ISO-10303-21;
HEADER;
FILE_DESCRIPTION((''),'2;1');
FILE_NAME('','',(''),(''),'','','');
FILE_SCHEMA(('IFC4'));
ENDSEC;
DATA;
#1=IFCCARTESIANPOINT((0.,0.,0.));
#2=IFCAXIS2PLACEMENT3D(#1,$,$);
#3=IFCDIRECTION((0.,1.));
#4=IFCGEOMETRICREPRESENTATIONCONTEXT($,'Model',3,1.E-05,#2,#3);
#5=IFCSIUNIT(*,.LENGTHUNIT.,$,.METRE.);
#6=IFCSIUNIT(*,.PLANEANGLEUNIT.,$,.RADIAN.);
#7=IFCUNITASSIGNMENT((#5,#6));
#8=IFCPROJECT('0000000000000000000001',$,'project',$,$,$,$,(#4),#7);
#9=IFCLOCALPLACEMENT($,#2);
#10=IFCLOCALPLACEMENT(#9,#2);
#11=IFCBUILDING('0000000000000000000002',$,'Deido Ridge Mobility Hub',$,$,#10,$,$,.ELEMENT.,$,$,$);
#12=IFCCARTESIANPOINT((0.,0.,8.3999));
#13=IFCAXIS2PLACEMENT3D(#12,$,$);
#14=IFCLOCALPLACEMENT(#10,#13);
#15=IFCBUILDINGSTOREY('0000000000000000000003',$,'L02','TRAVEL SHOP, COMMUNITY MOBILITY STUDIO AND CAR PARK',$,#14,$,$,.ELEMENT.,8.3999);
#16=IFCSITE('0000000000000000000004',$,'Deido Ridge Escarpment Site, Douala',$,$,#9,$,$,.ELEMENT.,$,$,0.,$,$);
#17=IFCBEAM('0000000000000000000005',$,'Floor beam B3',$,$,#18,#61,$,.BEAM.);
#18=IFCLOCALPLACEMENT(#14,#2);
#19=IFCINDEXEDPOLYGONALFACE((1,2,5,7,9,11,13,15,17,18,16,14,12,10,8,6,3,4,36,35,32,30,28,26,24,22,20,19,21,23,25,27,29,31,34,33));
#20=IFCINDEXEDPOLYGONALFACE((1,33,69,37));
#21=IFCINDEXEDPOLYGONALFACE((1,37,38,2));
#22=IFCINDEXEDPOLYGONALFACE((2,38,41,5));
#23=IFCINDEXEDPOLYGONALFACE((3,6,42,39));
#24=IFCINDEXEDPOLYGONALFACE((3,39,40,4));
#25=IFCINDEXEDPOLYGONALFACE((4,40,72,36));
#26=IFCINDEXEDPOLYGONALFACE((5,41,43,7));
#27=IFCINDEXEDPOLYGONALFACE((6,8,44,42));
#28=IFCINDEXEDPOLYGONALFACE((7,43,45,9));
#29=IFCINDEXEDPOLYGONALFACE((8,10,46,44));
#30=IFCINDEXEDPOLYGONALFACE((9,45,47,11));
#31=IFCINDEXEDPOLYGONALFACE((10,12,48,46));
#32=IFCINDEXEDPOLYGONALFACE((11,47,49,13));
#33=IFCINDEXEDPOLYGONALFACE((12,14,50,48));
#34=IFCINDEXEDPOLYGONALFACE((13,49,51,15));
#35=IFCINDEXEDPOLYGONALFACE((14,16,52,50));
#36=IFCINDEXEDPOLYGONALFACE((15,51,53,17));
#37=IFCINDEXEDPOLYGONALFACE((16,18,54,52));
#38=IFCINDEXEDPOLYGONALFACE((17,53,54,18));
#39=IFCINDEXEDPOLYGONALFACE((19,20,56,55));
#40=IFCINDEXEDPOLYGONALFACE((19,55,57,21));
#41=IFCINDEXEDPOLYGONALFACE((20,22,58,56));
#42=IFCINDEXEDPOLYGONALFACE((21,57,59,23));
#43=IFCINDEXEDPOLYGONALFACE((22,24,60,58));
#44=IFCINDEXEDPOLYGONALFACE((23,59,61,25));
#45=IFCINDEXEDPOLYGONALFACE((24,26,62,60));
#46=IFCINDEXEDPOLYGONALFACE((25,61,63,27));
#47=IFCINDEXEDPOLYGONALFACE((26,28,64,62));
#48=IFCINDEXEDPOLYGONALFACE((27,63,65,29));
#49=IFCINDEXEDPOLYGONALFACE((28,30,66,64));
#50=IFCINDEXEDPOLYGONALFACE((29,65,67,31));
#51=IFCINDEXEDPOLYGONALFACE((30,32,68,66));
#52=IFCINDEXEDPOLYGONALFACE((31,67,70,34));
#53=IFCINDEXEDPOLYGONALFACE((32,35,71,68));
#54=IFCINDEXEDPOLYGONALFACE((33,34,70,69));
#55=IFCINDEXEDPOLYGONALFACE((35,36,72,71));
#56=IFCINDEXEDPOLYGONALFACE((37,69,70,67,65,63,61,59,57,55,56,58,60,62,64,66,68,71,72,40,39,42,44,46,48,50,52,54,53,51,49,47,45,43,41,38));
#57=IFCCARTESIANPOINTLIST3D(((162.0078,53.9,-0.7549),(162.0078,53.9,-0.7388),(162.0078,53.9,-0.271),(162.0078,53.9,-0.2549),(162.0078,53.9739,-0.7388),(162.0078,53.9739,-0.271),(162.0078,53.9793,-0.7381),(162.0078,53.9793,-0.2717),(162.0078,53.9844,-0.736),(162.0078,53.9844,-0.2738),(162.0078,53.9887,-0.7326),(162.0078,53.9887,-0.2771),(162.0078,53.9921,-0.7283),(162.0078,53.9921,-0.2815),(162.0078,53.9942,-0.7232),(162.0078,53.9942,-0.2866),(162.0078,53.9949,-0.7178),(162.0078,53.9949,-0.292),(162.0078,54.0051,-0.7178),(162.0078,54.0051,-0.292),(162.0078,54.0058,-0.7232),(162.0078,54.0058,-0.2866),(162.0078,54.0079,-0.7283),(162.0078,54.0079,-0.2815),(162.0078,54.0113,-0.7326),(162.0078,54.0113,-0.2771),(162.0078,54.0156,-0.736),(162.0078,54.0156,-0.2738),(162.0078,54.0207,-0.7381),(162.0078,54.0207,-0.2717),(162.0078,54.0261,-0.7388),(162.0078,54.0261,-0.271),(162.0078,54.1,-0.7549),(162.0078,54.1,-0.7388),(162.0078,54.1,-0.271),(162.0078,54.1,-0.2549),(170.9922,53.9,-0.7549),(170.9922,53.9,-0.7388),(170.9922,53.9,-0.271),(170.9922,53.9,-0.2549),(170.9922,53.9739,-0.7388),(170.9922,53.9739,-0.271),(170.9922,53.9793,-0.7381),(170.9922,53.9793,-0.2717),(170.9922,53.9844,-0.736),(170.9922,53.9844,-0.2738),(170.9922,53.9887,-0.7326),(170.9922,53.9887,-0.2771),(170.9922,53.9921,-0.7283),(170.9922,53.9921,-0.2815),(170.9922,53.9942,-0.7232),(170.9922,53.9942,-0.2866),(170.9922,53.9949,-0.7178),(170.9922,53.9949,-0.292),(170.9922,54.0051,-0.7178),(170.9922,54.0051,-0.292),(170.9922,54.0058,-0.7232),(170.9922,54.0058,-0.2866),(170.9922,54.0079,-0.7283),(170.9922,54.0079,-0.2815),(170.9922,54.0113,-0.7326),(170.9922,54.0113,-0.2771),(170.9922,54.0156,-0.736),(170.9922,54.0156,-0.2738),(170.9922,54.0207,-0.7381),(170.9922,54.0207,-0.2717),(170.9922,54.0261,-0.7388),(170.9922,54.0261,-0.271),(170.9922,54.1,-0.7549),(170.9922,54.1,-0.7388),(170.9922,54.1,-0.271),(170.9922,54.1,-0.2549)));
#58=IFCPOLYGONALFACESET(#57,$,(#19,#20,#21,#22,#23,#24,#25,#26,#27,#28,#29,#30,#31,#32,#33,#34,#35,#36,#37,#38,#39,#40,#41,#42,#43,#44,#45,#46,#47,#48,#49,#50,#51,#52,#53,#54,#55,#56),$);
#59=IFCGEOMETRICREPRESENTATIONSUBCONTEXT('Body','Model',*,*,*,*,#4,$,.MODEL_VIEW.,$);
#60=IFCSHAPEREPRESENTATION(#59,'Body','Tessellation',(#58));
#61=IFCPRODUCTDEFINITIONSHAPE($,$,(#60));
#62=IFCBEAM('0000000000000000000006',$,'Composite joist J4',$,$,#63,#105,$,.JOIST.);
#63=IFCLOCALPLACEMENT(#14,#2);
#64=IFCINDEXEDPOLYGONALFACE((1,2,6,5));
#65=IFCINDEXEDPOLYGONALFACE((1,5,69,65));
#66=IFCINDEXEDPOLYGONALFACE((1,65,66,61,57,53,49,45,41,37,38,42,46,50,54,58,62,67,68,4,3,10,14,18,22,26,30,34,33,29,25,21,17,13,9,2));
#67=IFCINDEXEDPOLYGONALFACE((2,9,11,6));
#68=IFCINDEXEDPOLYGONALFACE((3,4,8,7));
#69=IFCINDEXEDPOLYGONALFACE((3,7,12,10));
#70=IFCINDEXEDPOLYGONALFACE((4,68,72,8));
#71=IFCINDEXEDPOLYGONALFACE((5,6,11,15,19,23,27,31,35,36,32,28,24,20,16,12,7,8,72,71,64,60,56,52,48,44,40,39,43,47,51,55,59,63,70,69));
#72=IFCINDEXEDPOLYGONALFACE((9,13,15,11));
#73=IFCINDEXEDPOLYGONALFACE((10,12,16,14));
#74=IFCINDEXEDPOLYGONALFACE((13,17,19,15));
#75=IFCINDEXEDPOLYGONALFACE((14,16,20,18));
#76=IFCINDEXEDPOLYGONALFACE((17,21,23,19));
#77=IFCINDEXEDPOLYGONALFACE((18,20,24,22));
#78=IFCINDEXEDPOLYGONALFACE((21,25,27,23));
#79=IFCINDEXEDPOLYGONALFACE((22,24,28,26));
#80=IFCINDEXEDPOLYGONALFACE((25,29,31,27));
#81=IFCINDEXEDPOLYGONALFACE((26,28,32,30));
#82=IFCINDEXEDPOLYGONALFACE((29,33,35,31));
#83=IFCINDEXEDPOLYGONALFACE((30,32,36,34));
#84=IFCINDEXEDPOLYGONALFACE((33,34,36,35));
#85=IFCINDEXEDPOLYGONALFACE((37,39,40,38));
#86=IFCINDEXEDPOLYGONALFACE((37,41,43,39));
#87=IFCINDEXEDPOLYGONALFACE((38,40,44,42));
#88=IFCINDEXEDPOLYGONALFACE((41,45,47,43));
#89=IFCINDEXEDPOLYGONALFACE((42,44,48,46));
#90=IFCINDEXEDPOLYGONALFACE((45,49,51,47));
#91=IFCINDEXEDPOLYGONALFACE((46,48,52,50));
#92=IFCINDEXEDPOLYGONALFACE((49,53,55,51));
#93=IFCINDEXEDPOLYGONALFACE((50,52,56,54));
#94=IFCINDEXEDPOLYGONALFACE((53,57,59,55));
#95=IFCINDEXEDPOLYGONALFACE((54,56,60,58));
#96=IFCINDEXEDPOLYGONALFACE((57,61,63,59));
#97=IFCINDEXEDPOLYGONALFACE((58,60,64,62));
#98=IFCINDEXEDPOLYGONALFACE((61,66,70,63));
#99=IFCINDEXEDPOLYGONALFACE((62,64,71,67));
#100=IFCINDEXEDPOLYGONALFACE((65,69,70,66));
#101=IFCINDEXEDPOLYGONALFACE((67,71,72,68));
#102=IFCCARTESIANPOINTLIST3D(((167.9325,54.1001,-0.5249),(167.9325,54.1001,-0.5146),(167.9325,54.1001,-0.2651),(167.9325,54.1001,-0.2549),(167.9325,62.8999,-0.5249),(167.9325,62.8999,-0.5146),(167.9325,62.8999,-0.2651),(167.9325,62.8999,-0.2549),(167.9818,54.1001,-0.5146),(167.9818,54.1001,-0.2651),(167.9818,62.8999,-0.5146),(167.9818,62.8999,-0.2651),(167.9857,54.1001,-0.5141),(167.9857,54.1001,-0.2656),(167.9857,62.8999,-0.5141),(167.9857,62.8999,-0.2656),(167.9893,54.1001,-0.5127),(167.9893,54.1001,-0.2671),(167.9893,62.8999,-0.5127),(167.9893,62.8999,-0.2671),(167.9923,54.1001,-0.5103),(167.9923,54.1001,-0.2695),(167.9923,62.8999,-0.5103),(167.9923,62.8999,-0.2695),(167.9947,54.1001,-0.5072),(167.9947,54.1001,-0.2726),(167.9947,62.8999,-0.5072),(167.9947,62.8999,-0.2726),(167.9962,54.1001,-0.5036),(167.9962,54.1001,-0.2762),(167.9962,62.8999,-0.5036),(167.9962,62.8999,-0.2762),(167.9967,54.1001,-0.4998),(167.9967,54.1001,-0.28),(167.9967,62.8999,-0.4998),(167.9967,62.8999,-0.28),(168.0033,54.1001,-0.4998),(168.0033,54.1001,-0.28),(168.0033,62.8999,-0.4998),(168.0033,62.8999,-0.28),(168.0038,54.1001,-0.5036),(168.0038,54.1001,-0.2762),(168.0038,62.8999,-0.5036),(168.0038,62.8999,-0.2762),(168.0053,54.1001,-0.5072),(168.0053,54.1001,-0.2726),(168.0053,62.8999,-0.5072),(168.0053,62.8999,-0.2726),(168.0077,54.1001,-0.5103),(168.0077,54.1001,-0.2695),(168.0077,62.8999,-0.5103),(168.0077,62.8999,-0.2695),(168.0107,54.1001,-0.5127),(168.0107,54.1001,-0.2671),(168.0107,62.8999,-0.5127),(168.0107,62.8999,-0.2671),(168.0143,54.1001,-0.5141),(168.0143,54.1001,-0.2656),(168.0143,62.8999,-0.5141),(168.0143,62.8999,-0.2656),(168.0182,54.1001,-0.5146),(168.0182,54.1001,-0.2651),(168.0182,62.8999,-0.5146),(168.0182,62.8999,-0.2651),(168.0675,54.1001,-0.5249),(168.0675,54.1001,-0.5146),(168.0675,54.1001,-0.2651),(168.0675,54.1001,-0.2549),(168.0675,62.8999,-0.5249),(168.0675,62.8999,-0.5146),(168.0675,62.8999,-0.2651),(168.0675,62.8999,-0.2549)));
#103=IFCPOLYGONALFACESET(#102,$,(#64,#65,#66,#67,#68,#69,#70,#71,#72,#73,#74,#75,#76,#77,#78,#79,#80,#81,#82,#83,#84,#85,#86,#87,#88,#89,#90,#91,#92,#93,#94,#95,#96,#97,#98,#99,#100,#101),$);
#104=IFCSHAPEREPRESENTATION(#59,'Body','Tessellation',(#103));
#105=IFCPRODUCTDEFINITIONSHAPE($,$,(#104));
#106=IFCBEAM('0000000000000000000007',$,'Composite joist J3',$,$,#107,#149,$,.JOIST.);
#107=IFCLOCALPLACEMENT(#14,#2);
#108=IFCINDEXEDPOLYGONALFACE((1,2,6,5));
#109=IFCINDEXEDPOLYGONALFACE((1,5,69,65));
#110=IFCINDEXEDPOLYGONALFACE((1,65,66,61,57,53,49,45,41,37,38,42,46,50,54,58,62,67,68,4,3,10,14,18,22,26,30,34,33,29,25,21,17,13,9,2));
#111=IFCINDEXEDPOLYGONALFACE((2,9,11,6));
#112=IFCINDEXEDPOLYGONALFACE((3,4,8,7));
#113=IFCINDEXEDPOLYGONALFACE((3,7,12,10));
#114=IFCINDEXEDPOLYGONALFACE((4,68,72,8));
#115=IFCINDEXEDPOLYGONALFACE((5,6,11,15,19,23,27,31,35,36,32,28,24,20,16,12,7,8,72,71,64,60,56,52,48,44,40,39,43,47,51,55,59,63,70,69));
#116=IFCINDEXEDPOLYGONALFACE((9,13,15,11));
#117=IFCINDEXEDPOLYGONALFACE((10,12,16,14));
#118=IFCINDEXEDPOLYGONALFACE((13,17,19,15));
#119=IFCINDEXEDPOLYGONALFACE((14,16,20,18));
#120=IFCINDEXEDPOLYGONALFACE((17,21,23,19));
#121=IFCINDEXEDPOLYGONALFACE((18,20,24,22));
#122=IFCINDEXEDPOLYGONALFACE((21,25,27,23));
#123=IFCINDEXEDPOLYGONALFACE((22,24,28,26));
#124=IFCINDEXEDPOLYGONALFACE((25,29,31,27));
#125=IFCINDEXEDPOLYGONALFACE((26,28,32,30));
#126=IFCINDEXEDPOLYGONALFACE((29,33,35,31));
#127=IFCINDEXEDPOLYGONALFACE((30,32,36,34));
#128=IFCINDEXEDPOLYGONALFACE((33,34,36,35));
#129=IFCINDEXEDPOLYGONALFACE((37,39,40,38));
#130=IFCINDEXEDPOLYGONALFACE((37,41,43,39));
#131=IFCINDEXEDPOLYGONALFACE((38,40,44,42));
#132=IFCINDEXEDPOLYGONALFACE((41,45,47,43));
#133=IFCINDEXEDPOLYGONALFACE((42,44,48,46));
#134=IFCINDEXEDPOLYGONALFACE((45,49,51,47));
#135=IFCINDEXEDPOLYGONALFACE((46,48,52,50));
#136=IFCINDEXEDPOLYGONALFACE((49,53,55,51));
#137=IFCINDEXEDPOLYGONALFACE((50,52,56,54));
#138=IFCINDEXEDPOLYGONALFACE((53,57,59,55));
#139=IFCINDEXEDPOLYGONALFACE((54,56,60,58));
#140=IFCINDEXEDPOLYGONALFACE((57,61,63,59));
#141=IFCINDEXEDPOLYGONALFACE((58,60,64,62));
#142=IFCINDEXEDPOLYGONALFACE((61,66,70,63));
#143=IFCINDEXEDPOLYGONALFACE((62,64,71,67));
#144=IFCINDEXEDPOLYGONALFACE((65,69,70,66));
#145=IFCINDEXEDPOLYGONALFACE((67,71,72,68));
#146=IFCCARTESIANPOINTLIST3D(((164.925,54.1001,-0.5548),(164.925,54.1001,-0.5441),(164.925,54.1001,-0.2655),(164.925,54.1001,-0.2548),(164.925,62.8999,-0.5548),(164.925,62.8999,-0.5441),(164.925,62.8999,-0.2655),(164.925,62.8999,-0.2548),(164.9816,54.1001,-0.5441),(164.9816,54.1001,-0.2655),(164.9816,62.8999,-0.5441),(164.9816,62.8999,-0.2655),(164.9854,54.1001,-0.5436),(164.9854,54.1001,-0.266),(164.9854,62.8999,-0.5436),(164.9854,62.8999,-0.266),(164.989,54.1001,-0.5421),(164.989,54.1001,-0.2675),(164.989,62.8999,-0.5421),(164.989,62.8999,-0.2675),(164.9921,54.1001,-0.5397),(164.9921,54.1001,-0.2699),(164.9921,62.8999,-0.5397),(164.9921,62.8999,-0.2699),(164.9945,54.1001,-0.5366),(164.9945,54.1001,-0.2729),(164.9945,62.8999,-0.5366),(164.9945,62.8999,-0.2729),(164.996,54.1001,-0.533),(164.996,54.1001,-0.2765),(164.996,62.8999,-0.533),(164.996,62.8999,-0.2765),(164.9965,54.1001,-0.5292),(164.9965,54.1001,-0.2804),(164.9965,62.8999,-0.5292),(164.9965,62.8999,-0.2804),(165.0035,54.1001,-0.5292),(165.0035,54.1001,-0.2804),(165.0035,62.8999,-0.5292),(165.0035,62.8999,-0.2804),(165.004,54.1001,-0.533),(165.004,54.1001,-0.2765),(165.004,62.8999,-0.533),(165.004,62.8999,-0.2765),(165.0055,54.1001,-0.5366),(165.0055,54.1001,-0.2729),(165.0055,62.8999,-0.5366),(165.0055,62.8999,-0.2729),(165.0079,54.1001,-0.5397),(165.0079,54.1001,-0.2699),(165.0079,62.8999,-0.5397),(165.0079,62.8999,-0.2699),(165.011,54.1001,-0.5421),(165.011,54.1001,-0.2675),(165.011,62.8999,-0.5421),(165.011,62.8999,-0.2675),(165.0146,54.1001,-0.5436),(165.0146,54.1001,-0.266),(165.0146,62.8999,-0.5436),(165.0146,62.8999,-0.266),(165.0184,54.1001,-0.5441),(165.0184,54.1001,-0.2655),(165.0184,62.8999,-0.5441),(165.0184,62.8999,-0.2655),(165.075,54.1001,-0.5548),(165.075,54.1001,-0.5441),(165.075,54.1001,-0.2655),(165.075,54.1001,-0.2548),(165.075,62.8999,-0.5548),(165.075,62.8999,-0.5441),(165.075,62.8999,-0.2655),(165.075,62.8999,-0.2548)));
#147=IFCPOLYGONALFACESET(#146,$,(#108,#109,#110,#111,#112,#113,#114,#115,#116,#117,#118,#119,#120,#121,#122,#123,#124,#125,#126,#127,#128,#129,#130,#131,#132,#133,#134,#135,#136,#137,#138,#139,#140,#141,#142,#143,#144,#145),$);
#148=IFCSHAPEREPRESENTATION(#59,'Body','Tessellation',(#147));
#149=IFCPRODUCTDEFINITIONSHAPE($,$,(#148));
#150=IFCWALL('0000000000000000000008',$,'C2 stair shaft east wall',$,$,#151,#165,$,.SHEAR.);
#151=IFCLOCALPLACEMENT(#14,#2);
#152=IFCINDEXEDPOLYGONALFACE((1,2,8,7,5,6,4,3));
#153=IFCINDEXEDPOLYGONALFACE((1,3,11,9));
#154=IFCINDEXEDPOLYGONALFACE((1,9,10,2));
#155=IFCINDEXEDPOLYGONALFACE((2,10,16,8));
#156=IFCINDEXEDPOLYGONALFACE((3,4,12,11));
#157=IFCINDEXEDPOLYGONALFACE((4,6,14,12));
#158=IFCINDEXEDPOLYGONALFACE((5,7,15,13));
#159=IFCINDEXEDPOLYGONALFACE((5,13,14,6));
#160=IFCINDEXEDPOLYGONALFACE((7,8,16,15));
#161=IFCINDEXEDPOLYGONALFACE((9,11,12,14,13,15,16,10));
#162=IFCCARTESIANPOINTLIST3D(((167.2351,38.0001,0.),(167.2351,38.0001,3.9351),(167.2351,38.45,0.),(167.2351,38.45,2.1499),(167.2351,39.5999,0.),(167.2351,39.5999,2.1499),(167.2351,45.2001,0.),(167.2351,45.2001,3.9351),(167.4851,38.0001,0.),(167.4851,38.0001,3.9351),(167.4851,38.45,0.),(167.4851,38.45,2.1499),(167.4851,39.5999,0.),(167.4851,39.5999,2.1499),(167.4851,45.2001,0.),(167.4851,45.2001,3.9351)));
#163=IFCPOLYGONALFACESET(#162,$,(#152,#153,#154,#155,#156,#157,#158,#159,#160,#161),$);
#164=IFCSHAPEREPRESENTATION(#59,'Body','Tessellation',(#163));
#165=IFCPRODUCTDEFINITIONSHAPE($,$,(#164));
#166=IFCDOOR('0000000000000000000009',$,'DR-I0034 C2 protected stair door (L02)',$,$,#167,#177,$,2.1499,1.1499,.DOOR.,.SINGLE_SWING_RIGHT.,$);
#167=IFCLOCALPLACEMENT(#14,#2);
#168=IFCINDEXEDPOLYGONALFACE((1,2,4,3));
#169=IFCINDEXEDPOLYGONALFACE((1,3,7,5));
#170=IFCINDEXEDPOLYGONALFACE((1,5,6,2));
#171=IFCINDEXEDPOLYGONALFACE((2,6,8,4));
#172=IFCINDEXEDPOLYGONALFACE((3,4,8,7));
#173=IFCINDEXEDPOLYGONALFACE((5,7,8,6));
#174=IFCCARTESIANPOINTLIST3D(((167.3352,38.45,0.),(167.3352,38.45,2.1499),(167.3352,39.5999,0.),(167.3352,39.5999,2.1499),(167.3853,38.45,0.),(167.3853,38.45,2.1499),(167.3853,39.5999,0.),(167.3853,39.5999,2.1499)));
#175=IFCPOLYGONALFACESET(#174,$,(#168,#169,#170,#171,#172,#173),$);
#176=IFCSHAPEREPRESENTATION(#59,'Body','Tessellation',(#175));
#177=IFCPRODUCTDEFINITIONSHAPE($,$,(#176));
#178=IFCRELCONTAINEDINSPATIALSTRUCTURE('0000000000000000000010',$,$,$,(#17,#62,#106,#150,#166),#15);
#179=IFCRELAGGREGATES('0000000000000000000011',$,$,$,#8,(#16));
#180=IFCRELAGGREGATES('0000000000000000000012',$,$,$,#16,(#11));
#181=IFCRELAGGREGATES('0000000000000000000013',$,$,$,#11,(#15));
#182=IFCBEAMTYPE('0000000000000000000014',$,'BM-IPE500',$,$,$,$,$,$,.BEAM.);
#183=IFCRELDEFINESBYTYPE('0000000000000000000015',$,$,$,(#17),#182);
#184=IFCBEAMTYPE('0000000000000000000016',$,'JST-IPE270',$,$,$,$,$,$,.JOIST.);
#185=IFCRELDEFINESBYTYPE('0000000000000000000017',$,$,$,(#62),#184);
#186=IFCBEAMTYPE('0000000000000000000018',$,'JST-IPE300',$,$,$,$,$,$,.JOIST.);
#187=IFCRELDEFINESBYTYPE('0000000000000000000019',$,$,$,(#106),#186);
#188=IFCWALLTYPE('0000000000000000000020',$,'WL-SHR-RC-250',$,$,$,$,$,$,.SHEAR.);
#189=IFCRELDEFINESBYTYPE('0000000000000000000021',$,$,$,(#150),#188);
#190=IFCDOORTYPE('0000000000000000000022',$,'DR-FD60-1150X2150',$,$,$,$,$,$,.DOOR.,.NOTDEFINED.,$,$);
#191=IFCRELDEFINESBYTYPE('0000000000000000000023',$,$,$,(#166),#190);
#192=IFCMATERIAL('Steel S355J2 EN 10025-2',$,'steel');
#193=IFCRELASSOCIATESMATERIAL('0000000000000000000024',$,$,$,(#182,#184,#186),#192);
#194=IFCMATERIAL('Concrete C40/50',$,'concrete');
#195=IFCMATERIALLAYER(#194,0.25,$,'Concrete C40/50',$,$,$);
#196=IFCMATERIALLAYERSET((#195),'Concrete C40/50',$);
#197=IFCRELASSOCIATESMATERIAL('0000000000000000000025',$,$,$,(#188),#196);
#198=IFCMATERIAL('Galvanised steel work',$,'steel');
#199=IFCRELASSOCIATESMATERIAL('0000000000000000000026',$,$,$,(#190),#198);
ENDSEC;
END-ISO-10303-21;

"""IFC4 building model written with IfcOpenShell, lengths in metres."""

from ifc_helpers import new_model, si_unit, direction, frame, frame_2d, origin, origin_2d, place, context, subcontext, project, spatial, rectangle, i_section, extrude, material, layer, layer_set, material_profile, profile_set, type_object, element, fill, save


model = new_model("IFC4")

# Units and contexts
model_context = context("Model", 3, precision=1e-05, world=origin(), true_north=direction((0.0, 1.0)))
body_context = subcontext(model_context, "Body", "Model", "MODEL_VIEW")
ifc_project = project(units=[si_unit("LENGTHUNIT", "METRE"), si_unit("PLANEANGLEUNIT", "RADIAN")], contexts=[model_context])

# Site, building, storey
site_placement = place(None, origin())
site = spatial("IfcSite", under=ifc_project, at=site_placement, Name="Deido Ridge Escarpment Site, Douala", CompositionType="ELEMENT", RefElevation=0.0)
building_placement = place(site_placement, origin())
building = spatial("IfcBuilding", under=site, at=building_placement, Name="Deido Ridge Mobility Hub", CompositionType="ELEMENT")
storey_placement = place(building_placement, frame((0.0, 0.0, 8.3999)))
storey = spatial("IfcBuildingStorey", under=building, at=storey_placement, Name="L02", Description="TRAVEL SHOP, COMMUNITY MOBILITY STUDIO AND CAR PARK", CompositionType="ELEMENT", Elevation=8.3999)

# Shared definitions
ifc_material_1 = material(Name="Steel S355J2 EN 10025-2", Category="steel")

# Beams
ifc_material_profile_1 = material_profile(ifc_material_1, i_section(OverallWidth=0.2, OverallDepth=0.5, WebThickness=0.0103, FlangeThickness=0.0161, FilletRadius=0.021, at=origin_2d()), Name="IPE 500")
ifc_profile_set_1 = profile_set([ifc_material_profile_1], Name="Steel S355J2 EN 10025-2")
beam_type_1 = type_object("IfcBeamType", Name="BM-IPE500", PredefinedType="BEAM", material=ifc_profile_set_1)
beam_1_placement = place(storey_placement, frame((162.0078, 54.0, -0.5049), z_axis=(1.0, 0.0, 0.0), x_axis=(0.0, 1.0, 0.0)))
element("IfcBeam", 1, at=beam_1_placement, inside=storey, type_object=beam_type_1, Name="Floor beam B3", PredefinedType="BEAM", context=body_context, shape_type="SweptSolid", body=[
    extrude(i_section(OverallWidth=0.2, OverallDepth=0.5, WebThickness=0.0103, FlangeThickness=0.0161, FilletRadius=0.021, at=origin_2d()), origin(), (0.0, 0.0, 1.0), 8.9844),
])
ifc_material_profile_2 = material_profile(ifc_material_1, i_section(OverallWidth=0.135, OverallDepth=0.27, WebThickness=0.0066, FlangeThickness=0.0103, FilletRadius=0.0149, at=origin_2d()), Name="IPE 270")
ifc_profile_set_2 = profile_set([ifc_material_profile_2], Name="Steel S355J2 EN 10025-2")
beam_type_2 = type_object("IfcBeamType", Name="JST-IPE270", PredefinedType="JOIST", material=ifc_profile_set_2)
beam_2_placement = place(storey_placement, frame((168.0, 54.1001, -0.3899), z_axis=(0.0, 1.0, 0.0), x_axis=(-1.0, 0.0, 0.0)))
element("IfcBeam", 2, at=beam_2_placement, inside=storey, type_object=beam_type_2, Name="Composite joist J4", PredefinedType="JOIST", context=body_context, shape_type="SweptSolid", body=[
    extrude(i_section(OverallWidth=0.135, OverallDepth=0.27, WebThickness=0.0066, FlangeThickness=0.0103, FilletRadius=0.0149, at=origin_2d()), origin(), (0.0, 0.0, 1.0), 8.7998),
])
ifc_material_profile_3 = material_profile(ifc_material_1, i_section(OverallWidth=0.1499, OverallDepth=0.3, WebThickness=0.0071, FlangeThickness=0.0107, FilletRadius=0.0149, at=origin_2d()), Name="IPE 300")
ifc_profile_set_3 = profile_set([ifc_material_profile_3], Name="Steel S355J2 EN 10025-2")
beam_type_3 = type_object("IfcBeamType", Name="JST-IPE300", PredefinedType="JOIST", material=ifc_profile_set_3)
beam_3_placement = place(storey_placement, frame((165.0, 54.1001, -0.4048), z_axis=(0.0, 1.0, 0.0), x_axis=(-1.0, 0.0, 0.0)))
element("IfcBeam", 3, at=beam_3_placement, inside=storey, type_object=beam_type_3, Name="Composite joist J3", PredefinedType="JOIST", context=body_context, shape_type="SweptSolid", body=[
    extrude(i_section(OverallWidth=0.1499, OverallDepth=0.3, WebThickness=0.0071, FlangeThickness=0.0107, FilletRadius=0.0149, at=origin_2d()), origin(), (0.0, 0.0, 1.0), 8.7998),
])

# Wall, opening, door
ifc_material_2 = material(Name="Concrete C40/50", Category="concrete")
ifc_layer_1 = layer(ifc_material_2, 0.25, Name="Concrete C40/50")
ifc_layer_set_1 = layer_set([ifc_layer_1], Name="Concrete C40/50")
wall_type_1 = type_object("IfcWallType", Name="WL-SHR-RC-250", PredefinedType="SHEAR", material=ifc_layer_set_1)
wall_1_placement = place(storey_placement, frame((167.3601, 38.0, 0.0), z_axis=(0.0, 0.0, 1.0), x_axis=(0.0, 1.0, 0.0)))
wall_1 = element("IfcWall", 4, at=wall_1_placement, inside=storey, type_object=wall_type_1, Name="C2 stair shaft east wall", PredefinedType="SHEAR", context=body_context, shape_type="SweptSolid", body=[
    extrude(rectangle(XDim=7.2, YDim=0.25, at=frame_2d((3.6001, 0.0))), origin(), (0.0, 0.0, 1.0), 3.9351),
])
opening_1_placement = place(wall_1_placement, frame((0.45, 0.0, 0.0)))
opening_1 = element("IfcOpeningElement", 5, at=opening_1_placement, cuts=wall_1, PredefinedType="OPENING", context=body_context, shape_type="SweptSolid", body=[
    extrude(rectangle(XDim=1.1499, YDim=2.1499, at=frame_2d((0.575, 1.075))), frame((0.0, 0.135, 0.0), z_axis=(0.0, -1.0, 0.0), x_axis=(1.0, 0.0, 0.0)), (0.0, 0.0, 1.0), 0.27),
])
ifc_material_3 = material(Name="Galvanised steel work", Category="steel")
door_type_1 = type_object("IfcDoorType", Name="DR-FD60-1150X2150", OperationType="NOTDEFINED", PredefinedType="DOOR", material=ifc_material_3)
door_1_placement = place(opening_1_placement, origin())
door_1 = element("IfcDoor", 6, at=door_1_placement, inside=storey, type_object=door_type_1, Name="DR-I0034 C2 protected stair door (L02)", OperationType="SINGLE_SWING_RIGHT", OverallHeight=2.1499, OverallWidth=1.1499, PredefinedType="DOOR", context=body_context, shape_type="SweptSolid", body=[
    extrude(rectangle(XDim=1.1499, YDim=2.1499, at=frame_2d((0.575, 1.075))), frame((0.0, 0.0249, 0.0), z_axis=(0.0, -1.0, 0.0), x_axis=(1.0, 0.0, 0.0)), (0.0, 0.0, 1.0), 0.05),
])
fill(opening_1, door_1)

save(model, "model.ifc")
